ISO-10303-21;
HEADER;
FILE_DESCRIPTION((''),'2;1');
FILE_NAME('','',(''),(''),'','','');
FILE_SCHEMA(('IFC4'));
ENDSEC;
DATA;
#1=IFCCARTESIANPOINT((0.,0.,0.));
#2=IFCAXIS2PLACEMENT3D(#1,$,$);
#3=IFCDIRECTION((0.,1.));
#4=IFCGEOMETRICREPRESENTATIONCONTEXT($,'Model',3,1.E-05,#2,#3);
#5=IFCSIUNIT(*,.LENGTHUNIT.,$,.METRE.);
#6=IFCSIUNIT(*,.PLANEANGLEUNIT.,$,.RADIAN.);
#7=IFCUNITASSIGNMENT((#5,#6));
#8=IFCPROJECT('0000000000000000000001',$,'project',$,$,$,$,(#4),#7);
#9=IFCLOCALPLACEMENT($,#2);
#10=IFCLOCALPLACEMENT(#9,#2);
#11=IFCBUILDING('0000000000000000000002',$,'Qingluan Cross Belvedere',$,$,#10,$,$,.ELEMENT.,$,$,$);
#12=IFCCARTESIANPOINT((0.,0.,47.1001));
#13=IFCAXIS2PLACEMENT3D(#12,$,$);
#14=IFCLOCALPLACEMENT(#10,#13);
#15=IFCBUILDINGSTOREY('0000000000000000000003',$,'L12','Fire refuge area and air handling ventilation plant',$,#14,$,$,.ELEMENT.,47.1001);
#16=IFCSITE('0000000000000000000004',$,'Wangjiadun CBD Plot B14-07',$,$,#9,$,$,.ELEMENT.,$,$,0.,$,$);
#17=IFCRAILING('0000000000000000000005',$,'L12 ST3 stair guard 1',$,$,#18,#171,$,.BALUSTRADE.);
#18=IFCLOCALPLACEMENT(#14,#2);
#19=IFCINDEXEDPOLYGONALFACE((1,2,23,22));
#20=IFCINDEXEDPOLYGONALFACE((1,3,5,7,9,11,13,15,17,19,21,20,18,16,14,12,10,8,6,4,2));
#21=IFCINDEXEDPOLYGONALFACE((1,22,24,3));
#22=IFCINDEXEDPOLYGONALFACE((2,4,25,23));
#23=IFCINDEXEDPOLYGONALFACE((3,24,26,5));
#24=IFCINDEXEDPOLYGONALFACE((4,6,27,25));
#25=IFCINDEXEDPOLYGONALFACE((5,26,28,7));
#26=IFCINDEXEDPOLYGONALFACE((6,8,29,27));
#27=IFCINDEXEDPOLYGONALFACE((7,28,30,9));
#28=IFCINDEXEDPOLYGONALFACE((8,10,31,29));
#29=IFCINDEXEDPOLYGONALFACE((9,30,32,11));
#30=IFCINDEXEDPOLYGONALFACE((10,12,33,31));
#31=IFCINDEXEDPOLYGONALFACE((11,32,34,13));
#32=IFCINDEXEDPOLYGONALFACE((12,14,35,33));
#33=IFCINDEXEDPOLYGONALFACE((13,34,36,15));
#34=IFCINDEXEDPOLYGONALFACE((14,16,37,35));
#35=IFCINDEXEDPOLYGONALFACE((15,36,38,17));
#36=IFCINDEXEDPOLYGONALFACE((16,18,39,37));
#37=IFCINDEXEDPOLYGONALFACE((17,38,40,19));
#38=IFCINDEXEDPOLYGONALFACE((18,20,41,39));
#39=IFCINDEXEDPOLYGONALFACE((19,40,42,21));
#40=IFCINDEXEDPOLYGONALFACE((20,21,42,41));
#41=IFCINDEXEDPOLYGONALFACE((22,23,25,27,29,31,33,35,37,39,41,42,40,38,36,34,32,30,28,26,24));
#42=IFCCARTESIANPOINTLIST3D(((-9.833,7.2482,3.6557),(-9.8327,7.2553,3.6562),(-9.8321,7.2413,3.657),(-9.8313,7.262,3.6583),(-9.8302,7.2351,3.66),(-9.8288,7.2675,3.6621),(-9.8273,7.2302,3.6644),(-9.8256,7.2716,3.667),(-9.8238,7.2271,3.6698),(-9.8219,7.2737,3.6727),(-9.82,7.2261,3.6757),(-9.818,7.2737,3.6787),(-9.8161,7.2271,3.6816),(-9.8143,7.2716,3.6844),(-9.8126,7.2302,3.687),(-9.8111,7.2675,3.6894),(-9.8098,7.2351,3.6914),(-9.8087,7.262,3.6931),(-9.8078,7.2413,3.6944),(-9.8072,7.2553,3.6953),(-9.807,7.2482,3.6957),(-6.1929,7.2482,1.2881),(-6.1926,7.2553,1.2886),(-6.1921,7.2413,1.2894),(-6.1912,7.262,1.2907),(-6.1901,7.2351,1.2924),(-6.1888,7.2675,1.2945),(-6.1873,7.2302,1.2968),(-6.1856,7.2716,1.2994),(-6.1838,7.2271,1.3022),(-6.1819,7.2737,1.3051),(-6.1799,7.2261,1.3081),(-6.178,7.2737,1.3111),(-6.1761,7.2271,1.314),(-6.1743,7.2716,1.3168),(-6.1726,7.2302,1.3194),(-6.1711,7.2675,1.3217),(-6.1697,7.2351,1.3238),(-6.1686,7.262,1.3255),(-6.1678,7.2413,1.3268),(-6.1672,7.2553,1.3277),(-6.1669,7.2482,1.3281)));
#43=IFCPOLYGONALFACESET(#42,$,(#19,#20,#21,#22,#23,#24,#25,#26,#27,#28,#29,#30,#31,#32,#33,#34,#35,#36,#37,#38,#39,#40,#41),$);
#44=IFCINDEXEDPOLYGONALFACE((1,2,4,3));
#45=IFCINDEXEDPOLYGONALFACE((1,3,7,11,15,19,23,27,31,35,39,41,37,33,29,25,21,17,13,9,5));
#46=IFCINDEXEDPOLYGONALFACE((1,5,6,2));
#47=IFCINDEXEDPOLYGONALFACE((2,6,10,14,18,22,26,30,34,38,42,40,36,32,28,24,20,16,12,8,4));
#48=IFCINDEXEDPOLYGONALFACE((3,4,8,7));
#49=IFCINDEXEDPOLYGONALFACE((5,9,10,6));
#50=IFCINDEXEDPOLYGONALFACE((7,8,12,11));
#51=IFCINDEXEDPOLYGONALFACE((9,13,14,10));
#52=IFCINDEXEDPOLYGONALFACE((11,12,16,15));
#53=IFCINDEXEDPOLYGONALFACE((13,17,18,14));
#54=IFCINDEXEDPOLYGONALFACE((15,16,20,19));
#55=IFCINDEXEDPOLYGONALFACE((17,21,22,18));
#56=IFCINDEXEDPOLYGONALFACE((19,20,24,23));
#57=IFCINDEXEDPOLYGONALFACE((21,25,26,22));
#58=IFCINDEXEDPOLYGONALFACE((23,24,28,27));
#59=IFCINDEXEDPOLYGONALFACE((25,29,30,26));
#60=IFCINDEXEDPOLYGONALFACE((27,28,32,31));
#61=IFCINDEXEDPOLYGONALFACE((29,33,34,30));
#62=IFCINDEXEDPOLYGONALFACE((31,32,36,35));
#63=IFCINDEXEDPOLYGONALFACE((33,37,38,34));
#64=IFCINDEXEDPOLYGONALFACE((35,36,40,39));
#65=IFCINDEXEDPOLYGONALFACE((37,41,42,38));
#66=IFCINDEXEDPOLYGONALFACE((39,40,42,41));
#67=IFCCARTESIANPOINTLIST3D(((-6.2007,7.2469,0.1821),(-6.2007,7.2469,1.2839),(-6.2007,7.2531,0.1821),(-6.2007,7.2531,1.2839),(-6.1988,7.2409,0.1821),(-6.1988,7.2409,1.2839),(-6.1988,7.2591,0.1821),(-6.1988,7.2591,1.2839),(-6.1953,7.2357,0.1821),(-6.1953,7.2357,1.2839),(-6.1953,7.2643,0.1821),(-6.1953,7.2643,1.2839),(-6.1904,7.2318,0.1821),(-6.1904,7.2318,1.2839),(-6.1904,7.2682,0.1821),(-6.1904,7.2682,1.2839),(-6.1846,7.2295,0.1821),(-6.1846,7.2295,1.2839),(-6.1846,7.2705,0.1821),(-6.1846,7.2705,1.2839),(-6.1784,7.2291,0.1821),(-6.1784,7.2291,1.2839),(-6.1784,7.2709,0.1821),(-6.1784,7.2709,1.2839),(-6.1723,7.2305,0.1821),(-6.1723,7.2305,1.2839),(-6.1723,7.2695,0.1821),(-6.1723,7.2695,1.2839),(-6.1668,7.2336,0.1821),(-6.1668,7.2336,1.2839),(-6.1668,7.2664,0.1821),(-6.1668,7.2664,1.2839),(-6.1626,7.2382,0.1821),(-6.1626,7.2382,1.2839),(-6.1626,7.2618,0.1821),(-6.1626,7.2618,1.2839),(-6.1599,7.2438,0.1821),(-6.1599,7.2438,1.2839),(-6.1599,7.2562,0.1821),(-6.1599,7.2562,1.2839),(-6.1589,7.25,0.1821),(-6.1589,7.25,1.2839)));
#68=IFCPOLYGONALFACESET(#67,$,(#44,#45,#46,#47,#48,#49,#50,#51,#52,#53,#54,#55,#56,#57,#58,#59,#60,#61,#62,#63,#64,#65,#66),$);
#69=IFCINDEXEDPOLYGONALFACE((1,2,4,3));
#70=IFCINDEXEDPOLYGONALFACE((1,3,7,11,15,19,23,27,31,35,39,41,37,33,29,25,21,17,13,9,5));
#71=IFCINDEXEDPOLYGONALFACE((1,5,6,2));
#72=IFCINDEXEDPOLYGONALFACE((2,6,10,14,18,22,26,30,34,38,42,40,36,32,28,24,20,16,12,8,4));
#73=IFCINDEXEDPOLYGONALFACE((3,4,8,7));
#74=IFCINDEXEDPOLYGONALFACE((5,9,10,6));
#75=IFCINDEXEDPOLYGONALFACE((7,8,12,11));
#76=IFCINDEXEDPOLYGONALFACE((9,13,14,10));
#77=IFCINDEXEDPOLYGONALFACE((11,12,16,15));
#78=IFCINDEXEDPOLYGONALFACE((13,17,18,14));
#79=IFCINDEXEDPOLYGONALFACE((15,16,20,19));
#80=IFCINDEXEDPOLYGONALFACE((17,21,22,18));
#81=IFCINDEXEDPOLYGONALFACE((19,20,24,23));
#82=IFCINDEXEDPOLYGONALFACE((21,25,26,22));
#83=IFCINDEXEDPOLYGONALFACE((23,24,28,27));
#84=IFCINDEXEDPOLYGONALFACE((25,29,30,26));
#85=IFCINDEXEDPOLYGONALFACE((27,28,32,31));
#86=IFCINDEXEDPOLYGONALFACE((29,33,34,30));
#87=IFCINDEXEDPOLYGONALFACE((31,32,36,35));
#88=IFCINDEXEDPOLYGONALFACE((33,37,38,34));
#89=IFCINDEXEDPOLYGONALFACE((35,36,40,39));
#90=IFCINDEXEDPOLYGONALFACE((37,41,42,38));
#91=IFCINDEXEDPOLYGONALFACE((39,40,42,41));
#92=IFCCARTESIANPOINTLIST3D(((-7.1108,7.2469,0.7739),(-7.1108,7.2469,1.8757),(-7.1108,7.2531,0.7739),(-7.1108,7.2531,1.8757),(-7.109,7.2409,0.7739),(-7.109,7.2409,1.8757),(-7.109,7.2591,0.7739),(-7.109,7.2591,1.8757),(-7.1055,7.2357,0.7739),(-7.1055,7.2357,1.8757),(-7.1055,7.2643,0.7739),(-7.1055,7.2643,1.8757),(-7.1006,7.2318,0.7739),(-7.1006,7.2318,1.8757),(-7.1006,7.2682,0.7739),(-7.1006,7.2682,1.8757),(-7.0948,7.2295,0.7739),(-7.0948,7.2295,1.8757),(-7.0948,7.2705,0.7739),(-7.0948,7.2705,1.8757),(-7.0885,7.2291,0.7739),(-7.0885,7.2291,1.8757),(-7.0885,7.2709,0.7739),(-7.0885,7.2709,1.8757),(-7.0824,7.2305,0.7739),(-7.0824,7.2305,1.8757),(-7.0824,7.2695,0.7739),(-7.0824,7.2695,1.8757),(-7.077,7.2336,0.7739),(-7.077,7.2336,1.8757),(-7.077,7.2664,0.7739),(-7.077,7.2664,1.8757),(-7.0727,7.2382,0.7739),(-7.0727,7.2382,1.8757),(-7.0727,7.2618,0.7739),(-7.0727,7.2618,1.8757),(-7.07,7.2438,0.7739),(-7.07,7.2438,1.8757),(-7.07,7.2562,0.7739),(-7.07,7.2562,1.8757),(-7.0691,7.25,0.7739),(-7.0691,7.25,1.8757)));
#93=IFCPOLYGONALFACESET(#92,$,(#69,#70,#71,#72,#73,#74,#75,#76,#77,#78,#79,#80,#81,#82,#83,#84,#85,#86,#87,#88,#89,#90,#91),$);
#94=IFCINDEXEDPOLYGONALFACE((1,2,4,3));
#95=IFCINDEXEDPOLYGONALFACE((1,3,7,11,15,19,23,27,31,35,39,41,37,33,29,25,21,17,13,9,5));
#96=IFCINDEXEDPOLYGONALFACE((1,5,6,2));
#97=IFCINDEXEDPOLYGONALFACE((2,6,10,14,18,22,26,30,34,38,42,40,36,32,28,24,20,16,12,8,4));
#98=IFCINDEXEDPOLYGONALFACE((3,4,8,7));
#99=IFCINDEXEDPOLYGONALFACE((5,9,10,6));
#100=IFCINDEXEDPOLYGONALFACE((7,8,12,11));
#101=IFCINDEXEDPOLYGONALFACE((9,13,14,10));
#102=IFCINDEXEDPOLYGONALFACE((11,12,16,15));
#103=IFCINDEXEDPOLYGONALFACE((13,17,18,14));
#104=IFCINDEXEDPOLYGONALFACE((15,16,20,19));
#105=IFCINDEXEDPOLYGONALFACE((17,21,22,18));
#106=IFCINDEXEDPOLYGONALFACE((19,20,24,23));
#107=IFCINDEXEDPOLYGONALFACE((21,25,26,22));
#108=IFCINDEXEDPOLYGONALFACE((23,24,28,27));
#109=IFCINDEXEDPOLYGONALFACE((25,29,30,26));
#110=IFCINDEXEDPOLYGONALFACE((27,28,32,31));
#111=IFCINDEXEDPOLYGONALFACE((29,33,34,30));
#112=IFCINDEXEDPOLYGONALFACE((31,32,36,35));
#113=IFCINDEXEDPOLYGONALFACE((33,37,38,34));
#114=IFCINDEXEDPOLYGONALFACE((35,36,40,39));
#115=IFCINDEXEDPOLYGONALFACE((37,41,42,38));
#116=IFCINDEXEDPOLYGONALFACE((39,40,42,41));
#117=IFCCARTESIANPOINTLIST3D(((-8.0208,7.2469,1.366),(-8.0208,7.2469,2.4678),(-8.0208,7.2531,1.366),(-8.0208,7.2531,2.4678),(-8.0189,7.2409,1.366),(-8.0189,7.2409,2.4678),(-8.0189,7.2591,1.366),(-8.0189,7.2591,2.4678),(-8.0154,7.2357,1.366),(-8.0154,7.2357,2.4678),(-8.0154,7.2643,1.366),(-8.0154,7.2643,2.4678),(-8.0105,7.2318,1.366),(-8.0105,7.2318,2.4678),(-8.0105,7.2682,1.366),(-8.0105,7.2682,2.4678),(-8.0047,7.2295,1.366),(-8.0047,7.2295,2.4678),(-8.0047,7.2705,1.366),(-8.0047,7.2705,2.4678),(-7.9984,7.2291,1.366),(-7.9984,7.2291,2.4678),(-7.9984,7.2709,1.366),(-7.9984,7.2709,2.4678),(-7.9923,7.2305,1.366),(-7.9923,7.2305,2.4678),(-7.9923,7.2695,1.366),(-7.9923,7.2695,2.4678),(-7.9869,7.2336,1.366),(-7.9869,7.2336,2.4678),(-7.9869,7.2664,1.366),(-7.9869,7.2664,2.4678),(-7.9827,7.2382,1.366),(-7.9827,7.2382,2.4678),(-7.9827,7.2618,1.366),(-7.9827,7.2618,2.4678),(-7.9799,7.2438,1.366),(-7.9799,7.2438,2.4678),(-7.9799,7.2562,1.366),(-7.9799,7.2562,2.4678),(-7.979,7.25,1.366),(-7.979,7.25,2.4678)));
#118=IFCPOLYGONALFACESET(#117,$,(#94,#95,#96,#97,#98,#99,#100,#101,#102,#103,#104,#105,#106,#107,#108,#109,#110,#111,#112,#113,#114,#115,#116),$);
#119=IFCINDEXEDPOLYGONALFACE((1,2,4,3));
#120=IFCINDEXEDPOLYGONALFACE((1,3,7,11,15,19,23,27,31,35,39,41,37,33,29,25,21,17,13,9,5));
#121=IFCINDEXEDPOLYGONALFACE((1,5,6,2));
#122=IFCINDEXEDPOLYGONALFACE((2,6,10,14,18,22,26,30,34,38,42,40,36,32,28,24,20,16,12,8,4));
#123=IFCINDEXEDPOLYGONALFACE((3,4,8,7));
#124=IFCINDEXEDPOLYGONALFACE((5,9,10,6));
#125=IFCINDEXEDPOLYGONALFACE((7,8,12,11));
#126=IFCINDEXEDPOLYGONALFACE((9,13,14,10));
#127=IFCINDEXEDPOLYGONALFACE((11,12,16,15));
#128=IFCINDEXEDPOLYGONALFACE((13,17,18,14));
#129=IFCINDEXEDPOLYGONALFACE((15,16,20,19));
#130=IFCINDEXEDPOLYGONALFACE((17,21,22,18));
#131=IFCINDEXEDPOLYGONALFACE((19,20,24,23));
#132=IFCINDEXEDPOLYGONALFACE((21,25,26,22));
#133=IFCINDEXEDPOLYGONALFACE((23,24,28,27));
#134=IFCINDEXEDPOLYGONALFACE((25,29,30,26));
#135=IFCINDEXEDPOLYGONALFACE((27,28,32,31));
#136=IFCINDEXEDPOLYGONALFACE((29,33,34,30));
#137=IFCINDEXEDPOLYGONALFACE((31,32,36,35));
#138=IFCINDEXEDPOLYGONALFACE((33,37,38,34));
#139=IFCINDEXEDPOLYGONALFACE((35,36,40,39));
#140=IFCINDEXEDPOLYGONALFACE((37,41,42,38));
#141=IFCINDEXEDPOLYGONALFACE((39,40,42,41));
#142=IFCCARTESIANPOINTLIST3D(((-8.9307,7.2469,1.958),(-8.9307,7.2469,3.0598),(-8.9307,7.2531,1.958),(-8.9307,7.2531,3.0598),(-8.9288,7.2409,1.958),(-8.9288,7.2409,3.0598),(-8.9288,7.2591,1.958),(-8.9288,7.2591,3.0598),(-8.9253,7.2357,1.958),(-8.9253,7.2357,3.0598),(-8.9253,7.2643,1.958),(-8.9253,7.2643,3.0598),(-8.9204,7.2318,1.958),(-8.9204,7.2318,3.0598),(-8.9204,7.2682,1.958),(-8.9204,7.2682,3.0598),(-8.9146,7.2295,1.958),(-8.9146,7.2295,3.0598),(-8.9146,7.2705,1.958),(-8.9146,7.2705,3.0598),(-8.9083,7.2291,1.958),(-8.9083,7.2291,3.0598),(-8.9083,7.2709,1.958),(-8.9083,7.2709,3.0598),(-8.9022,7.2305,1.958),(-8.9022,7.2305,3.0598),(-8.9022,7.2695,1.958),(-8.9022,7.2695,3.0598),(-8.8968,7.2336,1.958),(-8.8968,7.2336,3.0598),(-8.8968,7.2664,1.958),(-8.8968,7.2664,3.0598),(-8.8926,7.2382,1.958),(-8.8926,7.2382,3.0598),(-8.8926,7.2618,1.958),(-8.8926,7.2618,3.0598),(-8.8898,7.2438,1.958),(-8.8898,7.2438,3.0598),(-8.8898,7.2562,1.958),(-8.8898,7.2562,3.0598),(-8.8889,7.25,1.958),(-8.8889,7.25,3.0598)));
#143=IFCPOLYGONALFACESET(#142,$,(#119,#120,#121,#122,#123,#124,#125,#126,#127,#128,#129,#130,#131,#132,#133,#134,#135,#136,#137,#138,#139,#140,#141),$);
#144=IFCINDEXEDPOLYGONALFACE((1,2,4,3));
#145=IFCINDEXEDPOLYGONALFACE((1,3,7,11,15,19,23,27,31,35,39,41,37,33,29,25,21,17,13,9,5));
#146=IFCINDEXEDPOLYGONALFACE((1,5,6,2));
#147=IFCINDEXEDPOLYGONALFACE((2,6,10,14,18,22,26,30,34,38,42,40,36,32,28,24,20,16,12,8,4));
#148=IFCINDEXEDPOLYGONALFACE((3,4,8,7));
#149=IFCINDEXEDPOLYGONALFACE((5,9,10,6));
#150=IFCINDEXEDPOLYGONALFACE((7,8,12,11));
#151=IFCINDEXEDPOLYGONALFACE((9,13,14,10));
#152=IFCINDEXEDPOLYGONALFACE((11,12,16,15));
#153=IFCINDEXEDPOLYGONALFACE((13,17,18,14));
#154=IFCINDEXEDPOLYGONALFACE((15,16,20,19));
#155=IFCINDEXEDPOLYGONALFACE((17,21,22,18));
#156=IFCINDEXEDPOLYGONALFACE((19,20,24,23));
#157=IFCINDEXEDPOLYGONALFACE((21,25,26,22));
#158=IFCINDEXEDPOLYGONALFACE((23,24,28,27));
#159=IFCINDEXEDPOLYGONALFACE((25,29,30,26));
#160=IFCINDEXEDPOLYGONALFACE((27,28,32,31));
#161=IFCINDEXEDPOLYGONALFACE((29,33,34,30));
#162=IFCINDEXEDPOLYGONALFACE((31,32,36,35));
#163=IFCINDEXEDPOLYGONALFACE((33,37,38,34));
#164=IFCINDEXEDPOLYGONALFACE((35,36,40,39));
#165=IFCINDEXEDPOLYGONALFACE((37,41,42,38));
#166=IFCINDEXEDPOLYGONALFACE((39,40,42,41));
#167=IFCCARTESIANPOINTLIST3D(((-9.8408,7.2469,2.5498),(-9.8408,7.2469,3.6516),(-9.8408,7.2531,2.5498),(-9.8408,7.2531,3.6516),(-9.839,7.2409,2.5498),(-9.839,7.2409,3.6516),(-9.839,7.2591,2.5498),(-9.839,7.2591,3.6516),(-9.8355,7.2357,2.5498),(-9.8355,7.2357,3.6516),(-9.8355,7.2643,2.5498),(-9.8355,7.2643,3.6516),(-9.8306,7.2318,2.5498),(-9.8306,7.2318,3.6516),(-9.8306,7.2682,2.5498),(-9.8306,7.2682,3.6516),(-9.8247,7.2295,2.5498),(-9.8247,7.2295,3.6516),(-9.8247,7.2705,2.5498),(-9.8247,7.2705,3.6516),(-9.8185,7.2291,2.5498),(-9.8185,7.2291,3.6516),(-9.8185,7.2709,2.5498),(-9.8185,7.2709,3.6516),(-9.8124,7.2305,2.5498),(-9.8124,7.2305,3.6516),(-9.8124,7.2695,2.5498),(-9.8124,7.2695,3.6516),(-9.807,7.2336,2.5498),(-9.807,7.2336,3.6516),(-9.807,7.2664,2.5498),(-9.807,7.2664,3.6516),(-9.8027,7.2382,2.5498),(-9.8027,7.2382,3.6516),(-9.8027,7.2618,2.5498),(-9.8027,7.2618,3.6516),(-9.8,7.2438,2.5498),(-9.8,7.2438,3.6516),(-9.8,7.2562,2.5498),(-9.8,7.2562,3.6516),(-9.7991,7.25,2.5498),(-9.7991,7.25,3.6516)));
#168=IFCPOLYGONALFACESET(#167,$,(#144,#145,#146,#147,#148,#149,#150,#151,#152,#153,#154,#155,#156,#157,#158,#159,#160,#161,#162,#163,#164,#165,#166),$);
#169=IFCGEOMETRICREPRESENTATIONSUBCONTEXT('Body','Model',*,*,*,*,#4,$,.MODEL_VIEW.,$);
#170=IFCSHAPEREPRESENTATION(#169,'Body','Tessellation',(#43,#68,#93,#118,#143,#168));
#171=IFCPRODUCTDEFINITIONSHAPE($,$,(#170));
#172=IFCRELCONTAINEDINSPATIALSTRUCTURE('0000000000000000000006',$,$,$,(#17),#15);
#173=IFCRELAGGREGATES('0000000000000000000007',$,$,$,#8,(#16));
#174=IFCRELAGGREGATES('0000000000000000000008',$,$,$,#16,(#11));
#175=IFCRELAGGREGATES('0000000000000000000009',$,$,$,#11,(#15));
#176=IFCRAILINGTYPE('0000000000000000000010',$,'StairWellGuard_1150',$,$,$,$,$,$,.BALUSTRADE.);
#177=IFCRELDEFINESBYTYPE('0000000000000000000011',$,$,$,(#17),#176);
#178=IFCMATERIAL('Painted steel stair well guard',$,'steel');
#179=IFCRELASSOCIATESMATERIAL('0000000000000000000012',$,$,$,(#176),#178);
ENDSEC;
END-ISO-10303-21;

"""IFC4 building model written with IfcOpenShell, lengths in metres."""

from ifc_helpers import new_model, si_unit, direction, frame, origin, origin_2d, place, context, subcontext, project, spatial, circle, extrude, material, type_object, element, save


model = new_model("IFC4")

# Units and contexts
model_context = context("Model", 3, precision=1e-05, world=origin(), true_north=direction((0.0, 1.0)))
body_context = subcontext(model_context, "Body", "Model", "MODEL_VIEW")
ifc_project = project(units=[si_unit("LENGTHUNIT", "METRE"), si_unit("PLANEANGLEUNIT", "RADIAN")], contexts=[model_context])

# Site, building, storey
site_placement = place(None, origin())
site = spatial("IfcSite", under=ifc_project, at=site_placement, Name="Wangjiadun CBD Plot B14-07", CompositionType="ELEMENT", RefElevation=0.0)
building_placement = place(site_placement, origin())
building = spatial("IfcBuilding", under=site, at=building_placement, Name="Qingluan Cross Belvedere", CompositionType="ELEMENT")
storey_placement = place(building_placement, frame((0.0, 0.0, 47.1001)))
storey = spatial("IfcBuildingStorey", under=building, at=storey_placement, Name="L12", Description="Fire refuge area and air handling ventilation plant", CompositionType="ELEMENT", Elevation=47.1001)

# Railing
ifc_material_1 = material(Name="Painted steel stair well guard", Category="steel")
railing_type_1 = type_object("IfcRailingType", Name="StairWellGuard_1150", PredefinedType="BALUSTRADE", material=ifc_material_1)
railing_1_placement = place(storey_placement, frame((-6.1799, 7.25, 0.1821)))
element("IfcRailing", 1, at=railing_1_placement, inside=storey, type_object=railing_type_1, Name="L12 ST3 stair guard 1", PredefinedType="BALUSTRADE", context=body_context, shape_type="SweptSolid", body=[
    extrude(circle(Radius=0.0239, at=origin_2d()), frame((0.0, 0.0, 1.126), z_axis=(-0.838277, 0.0, 0.545245), x_axis=(0.0, -1.0, 0.0)), (0.0, 0.0, 1.0), 4.3423),
    extrude(circle(Radius=0.021, at=origin_2d()), origin(), (0.0, 0.0, 1.0), 1.1018),
    extrude(circle(Radius=0.021, at=origin_2d()), frame((-0.9102, 0.0, 0.5918)), (0.0, 0.0, 1.0), 1.1018),
    extrude(circle(Radius=0.021, at=origin_2d()), frame((-1.8201, 0.0, 1.1838)), (0.0, 0.0, 1.0), 1.1018),
    extrude(circle(Radius=0.021, at=origin_2d()), frame((-2.73, 0.0, 1.7759)), (0.0, 0.0, 1.0), 1.1018),
    extrude(circle(Radius=0.021, at=origin_2d()), frame((-3.6401, 0.0, 2.3677)), (0.0, 0.0, 1.0), 1.1018),
])

save(model, "model.ifc")
